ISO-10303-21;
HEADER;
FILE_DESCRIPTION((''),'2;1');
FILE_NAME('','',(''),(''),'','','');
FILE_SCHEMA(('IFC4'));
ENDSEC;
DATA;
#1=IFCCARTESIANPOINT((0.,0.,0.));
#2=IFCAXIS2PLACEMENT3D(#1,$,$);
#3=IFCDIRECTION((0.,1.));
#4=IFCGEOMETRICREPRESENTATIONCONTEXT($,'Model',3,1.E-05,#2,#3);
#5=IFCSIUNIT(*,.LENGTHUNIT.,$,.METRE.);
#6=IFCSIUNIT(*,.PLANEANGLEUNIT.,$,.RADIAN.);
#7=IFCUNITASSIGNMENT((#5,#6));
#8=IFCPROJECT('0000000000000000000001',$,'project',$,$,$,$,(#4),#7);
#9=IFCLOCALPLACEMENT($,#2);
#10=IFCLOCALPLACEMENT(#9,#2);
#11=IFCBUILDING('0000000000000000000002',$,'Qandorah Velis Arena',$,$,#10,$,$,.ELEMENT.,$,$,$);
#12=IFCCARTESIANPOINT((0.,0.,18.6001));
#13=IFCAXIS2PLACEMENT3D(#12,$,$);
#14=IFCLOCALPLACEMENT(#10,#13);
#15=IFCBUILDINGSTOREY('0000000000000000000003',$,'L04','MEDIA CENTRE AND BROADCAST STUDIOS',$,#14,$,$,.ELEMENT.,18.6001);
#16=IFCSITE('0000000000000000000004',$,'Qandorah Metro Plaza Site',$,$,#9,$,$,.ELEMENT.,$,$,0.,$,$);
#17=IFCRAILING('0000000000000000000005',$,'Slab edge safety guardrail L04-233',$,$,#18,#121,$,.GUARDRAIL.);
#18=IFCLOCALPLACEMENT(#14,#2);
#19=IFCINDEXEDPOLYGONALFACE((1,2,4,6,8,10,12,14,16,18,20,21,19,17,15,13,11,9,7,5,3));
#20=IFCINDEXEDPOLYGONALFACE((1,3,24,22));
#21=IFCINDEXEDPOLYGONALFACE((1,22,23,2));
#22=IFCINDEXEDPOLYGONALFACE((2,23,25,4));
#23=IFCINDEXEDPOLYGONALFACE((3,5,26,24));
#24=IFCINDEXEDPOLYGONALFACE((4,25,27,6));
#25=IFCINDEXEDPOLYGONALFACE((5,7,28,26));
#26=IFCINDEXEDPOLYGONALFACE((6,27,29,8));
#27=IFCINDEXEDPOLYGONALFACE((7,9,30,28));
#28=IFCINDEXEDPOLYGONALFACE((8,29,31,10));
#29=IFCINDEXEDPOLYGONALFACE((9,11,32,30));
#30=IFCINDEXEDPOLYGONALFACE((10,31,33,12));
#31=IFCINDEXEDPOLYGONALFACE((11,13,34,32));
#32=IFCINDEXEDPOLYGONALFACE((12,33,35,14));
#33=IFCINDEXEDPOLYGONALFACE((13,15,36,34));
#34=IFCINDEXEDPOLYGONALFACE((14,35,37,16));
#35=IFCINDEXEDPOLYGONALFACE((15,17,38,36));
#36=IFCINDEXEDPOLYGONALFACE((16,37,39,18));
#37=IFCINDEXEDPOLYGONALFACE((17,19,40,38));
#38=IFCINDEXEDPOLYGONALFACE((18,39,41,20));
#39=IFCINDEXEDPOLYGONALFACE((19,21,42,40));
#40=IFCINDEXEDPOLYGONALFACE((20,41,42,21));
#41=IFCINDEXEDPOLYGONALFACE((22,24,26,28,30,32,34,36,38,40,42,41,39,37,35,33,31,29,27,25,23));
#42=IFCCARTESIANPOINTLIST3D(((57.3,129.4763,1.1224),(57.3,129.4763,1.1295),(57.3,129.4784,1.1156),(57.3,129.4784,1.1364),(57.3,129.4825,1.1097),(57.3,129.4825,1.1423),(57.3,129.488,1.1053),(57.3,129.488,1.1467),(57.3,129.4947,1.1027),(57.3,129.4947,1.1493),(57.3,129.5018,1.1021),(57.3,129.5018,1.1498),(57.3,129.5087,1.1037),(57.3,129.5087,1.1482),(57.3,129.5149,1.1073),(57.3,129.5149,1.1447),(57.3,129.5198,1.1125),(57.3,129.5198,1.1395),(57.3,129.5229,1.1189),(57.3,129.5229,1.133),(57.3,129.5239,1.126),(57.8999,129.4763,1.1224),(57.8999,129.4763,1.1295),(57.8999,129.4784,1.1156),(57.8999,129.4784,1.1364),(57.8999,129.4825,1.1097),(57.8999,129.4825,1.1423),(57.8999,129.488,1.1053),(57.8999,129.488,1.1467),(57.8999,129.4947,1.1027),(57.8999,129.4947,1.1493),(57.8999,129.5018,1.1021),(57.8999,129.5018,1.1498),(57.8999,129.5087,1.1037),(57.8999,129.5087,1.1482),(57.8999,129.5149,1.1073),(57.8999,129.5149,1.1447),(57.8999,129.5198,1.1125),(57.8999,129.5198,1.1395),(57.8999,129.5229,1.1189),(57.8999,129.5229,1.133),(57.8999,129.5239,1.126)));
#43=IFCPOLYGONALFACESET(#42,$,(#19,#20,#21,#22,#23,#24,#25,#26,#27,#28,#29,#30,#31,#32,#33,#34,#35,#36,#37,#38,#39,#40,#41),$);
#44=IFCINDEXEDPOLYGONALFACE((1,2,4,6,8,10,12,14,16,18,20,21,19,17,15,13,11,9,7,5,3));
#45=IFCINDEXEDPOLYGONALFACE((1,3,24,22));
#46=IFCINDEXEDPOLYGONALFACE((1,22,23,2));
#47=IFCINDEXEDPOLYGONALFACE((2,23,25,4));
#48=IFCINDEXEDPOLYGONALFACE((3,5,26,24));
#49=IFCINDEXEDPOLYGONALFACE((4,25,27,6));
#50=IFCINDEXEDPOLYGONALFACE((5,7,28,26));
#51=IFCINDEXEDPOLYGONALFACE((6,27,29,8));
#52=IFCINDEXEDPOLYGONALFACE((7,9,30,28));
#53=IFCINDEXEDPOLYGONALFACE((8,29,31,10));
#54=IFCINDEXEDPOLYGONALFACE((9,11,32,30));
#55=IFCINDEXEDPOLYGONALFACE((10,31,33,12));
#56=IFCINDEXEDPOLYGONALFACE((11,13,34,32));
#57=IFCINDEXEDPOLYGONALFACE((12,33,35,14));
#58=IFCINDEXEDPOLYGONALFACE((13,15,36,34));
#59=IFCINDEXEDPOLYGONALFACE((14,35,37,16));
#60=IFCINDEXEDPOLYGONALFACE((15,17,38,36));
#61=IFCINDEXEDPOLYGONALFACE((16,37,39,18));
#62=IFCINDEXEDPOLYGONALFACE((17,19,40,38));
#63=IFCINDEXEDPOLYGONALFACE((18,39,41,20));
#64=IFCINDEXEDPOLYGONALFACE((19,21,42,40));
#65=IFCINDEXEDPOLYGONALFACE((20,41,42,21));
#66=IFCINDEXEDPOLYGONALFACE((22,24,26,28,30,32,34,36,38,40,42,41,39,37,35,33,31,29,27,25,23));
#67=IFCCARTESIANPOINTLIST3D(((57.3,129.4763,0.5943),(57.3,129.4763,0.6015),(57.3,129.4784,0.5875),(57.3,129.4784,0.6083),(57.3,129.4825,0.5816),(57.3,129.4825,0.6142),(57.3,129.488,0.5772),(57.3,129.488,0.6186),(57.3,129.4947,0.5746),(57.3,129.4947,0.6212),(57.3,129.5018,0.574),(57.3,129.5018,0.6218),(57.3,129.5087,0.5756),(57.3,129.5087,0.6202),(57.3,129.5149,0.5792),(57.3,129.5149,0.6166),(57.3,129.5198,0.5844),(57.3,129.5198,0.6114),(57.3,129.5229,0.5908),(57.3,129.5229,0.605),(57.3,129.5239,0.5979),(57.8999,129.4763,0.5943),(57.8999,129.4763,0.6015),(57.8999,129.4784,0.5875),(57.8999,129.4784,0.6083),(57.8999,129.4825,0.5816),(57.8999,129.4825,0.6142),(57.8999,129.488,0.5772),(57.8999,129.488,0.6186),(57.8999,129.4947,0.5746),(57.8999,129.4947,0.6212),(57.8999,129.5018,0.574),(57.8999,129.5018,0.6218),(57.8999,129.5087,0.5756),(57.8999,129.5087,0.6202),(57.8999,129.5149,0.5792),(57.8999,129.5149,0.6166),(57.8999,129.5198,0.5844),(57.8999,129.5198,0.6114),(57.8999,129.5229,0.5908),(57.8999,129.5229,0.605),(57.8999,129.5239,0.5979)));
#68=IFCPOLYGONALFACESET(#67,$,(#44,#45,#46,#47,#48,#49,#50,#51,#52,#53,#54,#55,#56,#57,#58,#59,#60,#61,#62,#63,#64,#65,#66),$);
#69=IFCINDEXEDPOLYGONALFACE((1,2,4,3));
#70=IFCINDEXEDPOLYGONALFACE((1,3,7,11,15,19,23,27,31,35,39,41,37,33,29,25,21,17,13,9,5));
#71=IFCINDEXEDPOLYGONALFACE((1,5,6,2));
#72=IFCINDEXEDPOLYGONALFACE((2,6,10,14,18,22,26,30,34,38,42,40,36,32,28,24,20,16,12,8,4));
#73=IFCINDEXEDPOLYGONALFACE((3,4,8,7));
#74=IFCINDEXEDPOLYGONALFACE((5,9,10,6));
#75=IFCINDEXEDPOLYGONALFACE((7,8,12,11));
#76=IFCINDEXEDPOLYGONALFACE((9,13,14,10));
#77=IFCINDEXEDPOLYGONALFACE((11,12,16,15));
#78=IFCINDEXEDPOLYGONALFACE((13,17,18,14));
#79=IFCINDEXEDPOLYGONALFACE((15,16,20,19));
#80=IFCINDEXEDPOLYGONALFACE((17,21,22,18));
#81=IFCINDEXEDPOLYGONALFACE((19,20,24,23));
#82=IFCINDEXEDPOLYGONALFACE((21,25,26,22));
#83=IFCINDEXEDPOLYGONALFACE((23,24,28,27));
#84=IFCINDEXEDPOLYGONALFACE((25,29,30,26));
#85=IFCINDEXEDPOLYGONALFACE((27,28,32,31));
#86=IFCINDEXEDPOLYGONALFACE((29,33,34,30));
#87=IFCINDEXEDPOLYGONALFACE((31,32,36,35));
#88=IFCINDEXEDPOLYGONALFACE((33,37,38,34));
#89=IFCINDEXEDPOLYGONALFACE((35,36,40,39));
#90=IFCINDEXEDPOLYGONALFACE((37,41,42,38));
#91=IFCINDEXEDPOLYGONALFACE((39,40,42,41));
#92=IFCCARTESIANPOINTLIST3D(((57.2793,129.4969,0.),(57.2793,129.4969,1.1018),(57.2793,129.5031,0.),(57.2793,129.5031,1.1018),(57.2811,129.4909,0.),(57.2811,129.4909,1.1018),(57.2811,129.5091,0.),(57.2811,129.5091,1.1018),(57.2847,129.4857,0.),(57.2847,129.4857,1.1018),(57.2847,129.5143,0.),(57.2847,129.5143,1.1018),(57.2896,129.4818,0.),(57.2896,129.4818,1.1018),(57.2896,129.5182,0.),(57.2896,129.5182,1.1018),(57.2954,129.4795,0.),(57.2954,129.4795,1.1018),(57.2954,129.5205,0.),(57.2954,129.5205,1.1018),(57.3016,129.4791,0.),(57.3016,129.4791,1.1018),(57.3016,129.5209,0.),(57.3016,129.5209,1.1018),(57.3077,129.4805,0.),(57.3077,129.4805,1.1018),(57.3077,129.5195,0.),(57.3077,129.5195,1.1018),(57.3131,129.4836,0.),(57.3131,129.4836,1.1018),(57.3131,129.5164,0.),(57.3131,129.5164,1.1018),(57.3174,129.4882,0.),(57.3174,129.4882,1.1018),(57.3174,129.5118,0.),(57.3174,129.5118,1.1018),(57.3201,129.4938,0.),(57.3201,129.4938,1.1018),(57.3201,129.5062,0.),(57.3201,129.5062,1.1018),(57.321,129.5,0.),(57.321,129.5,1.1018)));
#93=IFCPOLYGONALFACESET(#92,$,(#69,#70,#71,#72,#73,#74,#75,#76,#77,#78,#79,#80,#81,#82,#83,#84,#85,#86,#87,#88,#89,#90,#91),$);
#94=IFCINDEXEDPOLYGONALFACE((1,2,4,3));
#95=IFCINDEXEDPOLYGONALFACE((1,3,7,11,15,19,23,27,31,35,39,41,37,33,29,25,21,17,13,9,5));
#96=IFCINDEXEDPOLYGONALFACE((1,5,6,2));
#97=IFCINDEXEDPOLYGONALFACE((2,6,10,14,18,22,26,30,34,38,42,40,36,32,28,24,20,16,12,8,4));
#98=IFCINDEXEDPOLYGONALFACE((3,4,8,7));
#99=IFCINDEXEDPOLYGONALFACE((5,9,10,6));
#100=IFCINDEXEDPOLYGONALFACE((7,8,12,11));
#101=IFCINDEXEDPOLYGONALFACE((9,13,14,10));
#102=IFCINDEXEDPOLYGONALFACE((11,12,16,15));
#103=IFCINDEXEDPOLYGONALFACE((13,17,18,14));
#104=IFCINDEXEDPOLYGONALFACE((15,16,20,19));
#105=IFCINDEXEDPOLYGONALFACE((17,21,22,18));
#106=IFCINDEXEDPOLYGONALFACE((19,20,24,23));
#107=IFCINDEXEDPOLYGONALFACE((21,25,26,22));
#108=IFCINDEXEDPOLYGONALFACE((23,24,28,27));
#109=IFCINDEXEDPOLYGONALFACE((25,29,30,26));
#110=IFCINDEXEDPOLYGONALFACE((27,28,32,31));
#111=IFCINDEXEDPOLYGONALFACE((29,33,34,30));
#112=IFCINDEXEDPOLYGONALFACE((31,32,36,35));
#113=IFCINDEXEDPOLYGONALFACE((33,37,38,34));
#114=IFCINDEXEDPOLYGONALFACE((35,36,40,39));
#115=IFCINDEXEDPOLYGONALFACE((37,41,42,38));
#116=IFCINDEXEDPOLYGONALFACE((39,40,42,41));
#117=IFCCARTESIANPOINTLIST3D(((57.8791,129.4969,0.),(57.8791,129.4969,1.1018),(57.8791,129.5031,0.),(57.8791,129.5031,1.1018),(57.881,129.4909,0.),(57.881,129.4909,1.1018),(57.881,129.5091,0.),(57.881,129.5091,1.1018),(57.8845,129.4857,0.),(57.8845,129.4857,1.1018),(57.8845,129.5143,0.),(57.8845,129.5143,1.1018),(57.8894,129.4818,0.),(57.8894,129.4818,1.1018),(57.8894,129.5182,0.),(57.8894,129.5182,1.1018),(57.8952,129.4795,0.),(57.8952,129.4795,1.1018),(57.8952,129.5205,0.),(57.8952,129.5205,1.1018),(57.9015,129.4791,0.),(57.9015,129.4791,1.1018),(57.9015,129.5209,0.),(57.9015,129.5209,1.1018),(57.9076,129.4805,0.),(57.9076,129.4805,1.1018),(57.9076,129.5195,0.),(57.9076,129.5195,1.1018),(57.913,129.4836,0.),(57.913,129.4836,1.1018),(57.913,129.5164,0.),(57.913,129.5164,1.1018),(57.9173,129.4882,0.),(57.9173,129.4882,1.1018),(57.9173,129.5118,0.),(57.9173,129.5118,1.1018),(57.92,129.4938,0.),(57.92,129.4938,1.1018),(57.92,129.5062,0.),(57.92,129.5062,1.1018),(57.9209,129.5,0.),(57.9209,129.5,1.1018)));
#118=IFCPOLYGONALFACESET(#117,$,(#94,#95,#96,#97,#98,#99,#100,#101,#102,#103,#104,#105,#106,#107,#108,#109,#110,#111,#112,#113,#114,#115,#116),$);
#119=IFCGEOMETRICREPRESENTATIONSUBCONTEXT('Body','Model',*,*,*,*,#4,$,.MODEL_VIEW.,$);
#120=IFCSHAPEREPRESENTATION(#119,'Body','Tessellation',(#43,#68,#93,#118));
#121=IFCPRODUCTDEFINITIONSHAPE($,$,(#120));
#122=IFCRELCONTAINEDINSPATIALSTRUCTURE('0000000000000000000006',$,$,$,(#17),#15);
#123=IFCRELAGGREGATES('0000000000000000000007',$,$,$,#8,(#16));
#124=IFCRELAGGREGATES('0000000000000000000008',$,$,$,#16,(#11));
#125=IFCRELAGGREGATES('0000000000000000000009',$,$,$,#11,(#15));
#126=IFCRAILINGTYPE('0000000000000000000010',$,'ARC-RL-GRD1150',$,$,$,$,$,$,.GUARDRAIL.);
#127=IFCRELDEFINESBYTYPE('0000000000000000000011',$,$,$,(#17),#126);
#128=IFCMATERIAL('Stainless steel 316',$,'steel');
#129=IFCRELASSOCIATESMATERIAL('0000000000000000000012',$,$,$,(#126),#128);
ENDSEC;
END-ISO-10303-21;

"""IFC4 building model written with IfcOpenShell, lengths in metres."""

from ifc_helpers import new_model, si_unit, direction, frame, origin, origin_2d, place, context, subcontext, project, spatial, circle, extrude, material, type_object, element, save


model = new_model("IFC4")

# Units and contexts
model_context = context("Model", 3, precision=1e-05, world=origin(), true_north=direction((0.0, 1.0)))
body_context = subcontext(model_context, "Body", "Model", "MODEL_VIEW")
ifc_project = project(units=[si_unit("LENGTHUNIT", "METRE"), si_unit("PLANEANGLEUNIT", "RADIAN")], contexts=[model_context])

# Site, building, storey
site_placement = place(None, origin())
site = spatial("IfcSite", under=ifc_project, at=site_placement, Name="Qandorah Metro Plaza Site", CompositionType="ELEMENT", RefElevation=0.0)
building_placement = place(site_placement, origin())
building = spatial("IfcBuilding", under=site, at=building_placement, Name="Qandorah Velis Arena", CompositionType="ELEMENT")
storey_placement = place(building_placement, frame((0.0, 0.0, 18.6001)))
storey = spatial("IfcBuildingStorey", under=building, at=storey_placement, Name="L04", Description="MEDIA CENTRE AND BROADCAST STUDIOS", CompositionType="ELEMENT", Elevation=18.6001)

# Railing
ifc_material_1 = material(Name="Stainless steel 316", Category="steel")
railing_type = type_object("IfcRailingType", Name="ARC-RL-GRD1150", PredefinedType="GUARDRAIL", material=ifc_material_1)
for number, where, name in (
    (1, (57.3, 129.5, 0.0), "Slab edge safety guardrail L04-233"),
):
    element("IfcRailing", number, at=place(storey_placement, frame(where)), inside=storey, type_object=railing_type, Name=name, PredefinedType="GUARDRAIL", context=body_context, shape_type="SweptSolid", body=[
        extrude(circle(Radius=0.0239, at=origin_2d()), frame((0.0, 0.0, 1.126), z_axis=(1.0, 0.0, 0.0), x_axis=(0.0, 1.0, 0.0)), (0.0, 0.0, 1.0), 0.5999),
        extrude(circle(Radius=0.0239, at=origin_2d()), frame((0.0, 0.0, 0.5979), z_axis=(1.0, 0.0, 0.0), x_axis=(0.0, 1.0, 0.0)), (0.0, 0.0, 1.0), 0.5999),
        extrude(circle(Radius=0.021, at=origin_2d()), origin(), (0.0, 0.0, 1.0), 1.1018),
        extrude(circle(Radius=0.021, at=origin_2d()), frame((0.5999, 0.0, 0.0)), (0.0, 0.0, 1.0), 1.1018),
    ])

save(model, "model.ifc")
